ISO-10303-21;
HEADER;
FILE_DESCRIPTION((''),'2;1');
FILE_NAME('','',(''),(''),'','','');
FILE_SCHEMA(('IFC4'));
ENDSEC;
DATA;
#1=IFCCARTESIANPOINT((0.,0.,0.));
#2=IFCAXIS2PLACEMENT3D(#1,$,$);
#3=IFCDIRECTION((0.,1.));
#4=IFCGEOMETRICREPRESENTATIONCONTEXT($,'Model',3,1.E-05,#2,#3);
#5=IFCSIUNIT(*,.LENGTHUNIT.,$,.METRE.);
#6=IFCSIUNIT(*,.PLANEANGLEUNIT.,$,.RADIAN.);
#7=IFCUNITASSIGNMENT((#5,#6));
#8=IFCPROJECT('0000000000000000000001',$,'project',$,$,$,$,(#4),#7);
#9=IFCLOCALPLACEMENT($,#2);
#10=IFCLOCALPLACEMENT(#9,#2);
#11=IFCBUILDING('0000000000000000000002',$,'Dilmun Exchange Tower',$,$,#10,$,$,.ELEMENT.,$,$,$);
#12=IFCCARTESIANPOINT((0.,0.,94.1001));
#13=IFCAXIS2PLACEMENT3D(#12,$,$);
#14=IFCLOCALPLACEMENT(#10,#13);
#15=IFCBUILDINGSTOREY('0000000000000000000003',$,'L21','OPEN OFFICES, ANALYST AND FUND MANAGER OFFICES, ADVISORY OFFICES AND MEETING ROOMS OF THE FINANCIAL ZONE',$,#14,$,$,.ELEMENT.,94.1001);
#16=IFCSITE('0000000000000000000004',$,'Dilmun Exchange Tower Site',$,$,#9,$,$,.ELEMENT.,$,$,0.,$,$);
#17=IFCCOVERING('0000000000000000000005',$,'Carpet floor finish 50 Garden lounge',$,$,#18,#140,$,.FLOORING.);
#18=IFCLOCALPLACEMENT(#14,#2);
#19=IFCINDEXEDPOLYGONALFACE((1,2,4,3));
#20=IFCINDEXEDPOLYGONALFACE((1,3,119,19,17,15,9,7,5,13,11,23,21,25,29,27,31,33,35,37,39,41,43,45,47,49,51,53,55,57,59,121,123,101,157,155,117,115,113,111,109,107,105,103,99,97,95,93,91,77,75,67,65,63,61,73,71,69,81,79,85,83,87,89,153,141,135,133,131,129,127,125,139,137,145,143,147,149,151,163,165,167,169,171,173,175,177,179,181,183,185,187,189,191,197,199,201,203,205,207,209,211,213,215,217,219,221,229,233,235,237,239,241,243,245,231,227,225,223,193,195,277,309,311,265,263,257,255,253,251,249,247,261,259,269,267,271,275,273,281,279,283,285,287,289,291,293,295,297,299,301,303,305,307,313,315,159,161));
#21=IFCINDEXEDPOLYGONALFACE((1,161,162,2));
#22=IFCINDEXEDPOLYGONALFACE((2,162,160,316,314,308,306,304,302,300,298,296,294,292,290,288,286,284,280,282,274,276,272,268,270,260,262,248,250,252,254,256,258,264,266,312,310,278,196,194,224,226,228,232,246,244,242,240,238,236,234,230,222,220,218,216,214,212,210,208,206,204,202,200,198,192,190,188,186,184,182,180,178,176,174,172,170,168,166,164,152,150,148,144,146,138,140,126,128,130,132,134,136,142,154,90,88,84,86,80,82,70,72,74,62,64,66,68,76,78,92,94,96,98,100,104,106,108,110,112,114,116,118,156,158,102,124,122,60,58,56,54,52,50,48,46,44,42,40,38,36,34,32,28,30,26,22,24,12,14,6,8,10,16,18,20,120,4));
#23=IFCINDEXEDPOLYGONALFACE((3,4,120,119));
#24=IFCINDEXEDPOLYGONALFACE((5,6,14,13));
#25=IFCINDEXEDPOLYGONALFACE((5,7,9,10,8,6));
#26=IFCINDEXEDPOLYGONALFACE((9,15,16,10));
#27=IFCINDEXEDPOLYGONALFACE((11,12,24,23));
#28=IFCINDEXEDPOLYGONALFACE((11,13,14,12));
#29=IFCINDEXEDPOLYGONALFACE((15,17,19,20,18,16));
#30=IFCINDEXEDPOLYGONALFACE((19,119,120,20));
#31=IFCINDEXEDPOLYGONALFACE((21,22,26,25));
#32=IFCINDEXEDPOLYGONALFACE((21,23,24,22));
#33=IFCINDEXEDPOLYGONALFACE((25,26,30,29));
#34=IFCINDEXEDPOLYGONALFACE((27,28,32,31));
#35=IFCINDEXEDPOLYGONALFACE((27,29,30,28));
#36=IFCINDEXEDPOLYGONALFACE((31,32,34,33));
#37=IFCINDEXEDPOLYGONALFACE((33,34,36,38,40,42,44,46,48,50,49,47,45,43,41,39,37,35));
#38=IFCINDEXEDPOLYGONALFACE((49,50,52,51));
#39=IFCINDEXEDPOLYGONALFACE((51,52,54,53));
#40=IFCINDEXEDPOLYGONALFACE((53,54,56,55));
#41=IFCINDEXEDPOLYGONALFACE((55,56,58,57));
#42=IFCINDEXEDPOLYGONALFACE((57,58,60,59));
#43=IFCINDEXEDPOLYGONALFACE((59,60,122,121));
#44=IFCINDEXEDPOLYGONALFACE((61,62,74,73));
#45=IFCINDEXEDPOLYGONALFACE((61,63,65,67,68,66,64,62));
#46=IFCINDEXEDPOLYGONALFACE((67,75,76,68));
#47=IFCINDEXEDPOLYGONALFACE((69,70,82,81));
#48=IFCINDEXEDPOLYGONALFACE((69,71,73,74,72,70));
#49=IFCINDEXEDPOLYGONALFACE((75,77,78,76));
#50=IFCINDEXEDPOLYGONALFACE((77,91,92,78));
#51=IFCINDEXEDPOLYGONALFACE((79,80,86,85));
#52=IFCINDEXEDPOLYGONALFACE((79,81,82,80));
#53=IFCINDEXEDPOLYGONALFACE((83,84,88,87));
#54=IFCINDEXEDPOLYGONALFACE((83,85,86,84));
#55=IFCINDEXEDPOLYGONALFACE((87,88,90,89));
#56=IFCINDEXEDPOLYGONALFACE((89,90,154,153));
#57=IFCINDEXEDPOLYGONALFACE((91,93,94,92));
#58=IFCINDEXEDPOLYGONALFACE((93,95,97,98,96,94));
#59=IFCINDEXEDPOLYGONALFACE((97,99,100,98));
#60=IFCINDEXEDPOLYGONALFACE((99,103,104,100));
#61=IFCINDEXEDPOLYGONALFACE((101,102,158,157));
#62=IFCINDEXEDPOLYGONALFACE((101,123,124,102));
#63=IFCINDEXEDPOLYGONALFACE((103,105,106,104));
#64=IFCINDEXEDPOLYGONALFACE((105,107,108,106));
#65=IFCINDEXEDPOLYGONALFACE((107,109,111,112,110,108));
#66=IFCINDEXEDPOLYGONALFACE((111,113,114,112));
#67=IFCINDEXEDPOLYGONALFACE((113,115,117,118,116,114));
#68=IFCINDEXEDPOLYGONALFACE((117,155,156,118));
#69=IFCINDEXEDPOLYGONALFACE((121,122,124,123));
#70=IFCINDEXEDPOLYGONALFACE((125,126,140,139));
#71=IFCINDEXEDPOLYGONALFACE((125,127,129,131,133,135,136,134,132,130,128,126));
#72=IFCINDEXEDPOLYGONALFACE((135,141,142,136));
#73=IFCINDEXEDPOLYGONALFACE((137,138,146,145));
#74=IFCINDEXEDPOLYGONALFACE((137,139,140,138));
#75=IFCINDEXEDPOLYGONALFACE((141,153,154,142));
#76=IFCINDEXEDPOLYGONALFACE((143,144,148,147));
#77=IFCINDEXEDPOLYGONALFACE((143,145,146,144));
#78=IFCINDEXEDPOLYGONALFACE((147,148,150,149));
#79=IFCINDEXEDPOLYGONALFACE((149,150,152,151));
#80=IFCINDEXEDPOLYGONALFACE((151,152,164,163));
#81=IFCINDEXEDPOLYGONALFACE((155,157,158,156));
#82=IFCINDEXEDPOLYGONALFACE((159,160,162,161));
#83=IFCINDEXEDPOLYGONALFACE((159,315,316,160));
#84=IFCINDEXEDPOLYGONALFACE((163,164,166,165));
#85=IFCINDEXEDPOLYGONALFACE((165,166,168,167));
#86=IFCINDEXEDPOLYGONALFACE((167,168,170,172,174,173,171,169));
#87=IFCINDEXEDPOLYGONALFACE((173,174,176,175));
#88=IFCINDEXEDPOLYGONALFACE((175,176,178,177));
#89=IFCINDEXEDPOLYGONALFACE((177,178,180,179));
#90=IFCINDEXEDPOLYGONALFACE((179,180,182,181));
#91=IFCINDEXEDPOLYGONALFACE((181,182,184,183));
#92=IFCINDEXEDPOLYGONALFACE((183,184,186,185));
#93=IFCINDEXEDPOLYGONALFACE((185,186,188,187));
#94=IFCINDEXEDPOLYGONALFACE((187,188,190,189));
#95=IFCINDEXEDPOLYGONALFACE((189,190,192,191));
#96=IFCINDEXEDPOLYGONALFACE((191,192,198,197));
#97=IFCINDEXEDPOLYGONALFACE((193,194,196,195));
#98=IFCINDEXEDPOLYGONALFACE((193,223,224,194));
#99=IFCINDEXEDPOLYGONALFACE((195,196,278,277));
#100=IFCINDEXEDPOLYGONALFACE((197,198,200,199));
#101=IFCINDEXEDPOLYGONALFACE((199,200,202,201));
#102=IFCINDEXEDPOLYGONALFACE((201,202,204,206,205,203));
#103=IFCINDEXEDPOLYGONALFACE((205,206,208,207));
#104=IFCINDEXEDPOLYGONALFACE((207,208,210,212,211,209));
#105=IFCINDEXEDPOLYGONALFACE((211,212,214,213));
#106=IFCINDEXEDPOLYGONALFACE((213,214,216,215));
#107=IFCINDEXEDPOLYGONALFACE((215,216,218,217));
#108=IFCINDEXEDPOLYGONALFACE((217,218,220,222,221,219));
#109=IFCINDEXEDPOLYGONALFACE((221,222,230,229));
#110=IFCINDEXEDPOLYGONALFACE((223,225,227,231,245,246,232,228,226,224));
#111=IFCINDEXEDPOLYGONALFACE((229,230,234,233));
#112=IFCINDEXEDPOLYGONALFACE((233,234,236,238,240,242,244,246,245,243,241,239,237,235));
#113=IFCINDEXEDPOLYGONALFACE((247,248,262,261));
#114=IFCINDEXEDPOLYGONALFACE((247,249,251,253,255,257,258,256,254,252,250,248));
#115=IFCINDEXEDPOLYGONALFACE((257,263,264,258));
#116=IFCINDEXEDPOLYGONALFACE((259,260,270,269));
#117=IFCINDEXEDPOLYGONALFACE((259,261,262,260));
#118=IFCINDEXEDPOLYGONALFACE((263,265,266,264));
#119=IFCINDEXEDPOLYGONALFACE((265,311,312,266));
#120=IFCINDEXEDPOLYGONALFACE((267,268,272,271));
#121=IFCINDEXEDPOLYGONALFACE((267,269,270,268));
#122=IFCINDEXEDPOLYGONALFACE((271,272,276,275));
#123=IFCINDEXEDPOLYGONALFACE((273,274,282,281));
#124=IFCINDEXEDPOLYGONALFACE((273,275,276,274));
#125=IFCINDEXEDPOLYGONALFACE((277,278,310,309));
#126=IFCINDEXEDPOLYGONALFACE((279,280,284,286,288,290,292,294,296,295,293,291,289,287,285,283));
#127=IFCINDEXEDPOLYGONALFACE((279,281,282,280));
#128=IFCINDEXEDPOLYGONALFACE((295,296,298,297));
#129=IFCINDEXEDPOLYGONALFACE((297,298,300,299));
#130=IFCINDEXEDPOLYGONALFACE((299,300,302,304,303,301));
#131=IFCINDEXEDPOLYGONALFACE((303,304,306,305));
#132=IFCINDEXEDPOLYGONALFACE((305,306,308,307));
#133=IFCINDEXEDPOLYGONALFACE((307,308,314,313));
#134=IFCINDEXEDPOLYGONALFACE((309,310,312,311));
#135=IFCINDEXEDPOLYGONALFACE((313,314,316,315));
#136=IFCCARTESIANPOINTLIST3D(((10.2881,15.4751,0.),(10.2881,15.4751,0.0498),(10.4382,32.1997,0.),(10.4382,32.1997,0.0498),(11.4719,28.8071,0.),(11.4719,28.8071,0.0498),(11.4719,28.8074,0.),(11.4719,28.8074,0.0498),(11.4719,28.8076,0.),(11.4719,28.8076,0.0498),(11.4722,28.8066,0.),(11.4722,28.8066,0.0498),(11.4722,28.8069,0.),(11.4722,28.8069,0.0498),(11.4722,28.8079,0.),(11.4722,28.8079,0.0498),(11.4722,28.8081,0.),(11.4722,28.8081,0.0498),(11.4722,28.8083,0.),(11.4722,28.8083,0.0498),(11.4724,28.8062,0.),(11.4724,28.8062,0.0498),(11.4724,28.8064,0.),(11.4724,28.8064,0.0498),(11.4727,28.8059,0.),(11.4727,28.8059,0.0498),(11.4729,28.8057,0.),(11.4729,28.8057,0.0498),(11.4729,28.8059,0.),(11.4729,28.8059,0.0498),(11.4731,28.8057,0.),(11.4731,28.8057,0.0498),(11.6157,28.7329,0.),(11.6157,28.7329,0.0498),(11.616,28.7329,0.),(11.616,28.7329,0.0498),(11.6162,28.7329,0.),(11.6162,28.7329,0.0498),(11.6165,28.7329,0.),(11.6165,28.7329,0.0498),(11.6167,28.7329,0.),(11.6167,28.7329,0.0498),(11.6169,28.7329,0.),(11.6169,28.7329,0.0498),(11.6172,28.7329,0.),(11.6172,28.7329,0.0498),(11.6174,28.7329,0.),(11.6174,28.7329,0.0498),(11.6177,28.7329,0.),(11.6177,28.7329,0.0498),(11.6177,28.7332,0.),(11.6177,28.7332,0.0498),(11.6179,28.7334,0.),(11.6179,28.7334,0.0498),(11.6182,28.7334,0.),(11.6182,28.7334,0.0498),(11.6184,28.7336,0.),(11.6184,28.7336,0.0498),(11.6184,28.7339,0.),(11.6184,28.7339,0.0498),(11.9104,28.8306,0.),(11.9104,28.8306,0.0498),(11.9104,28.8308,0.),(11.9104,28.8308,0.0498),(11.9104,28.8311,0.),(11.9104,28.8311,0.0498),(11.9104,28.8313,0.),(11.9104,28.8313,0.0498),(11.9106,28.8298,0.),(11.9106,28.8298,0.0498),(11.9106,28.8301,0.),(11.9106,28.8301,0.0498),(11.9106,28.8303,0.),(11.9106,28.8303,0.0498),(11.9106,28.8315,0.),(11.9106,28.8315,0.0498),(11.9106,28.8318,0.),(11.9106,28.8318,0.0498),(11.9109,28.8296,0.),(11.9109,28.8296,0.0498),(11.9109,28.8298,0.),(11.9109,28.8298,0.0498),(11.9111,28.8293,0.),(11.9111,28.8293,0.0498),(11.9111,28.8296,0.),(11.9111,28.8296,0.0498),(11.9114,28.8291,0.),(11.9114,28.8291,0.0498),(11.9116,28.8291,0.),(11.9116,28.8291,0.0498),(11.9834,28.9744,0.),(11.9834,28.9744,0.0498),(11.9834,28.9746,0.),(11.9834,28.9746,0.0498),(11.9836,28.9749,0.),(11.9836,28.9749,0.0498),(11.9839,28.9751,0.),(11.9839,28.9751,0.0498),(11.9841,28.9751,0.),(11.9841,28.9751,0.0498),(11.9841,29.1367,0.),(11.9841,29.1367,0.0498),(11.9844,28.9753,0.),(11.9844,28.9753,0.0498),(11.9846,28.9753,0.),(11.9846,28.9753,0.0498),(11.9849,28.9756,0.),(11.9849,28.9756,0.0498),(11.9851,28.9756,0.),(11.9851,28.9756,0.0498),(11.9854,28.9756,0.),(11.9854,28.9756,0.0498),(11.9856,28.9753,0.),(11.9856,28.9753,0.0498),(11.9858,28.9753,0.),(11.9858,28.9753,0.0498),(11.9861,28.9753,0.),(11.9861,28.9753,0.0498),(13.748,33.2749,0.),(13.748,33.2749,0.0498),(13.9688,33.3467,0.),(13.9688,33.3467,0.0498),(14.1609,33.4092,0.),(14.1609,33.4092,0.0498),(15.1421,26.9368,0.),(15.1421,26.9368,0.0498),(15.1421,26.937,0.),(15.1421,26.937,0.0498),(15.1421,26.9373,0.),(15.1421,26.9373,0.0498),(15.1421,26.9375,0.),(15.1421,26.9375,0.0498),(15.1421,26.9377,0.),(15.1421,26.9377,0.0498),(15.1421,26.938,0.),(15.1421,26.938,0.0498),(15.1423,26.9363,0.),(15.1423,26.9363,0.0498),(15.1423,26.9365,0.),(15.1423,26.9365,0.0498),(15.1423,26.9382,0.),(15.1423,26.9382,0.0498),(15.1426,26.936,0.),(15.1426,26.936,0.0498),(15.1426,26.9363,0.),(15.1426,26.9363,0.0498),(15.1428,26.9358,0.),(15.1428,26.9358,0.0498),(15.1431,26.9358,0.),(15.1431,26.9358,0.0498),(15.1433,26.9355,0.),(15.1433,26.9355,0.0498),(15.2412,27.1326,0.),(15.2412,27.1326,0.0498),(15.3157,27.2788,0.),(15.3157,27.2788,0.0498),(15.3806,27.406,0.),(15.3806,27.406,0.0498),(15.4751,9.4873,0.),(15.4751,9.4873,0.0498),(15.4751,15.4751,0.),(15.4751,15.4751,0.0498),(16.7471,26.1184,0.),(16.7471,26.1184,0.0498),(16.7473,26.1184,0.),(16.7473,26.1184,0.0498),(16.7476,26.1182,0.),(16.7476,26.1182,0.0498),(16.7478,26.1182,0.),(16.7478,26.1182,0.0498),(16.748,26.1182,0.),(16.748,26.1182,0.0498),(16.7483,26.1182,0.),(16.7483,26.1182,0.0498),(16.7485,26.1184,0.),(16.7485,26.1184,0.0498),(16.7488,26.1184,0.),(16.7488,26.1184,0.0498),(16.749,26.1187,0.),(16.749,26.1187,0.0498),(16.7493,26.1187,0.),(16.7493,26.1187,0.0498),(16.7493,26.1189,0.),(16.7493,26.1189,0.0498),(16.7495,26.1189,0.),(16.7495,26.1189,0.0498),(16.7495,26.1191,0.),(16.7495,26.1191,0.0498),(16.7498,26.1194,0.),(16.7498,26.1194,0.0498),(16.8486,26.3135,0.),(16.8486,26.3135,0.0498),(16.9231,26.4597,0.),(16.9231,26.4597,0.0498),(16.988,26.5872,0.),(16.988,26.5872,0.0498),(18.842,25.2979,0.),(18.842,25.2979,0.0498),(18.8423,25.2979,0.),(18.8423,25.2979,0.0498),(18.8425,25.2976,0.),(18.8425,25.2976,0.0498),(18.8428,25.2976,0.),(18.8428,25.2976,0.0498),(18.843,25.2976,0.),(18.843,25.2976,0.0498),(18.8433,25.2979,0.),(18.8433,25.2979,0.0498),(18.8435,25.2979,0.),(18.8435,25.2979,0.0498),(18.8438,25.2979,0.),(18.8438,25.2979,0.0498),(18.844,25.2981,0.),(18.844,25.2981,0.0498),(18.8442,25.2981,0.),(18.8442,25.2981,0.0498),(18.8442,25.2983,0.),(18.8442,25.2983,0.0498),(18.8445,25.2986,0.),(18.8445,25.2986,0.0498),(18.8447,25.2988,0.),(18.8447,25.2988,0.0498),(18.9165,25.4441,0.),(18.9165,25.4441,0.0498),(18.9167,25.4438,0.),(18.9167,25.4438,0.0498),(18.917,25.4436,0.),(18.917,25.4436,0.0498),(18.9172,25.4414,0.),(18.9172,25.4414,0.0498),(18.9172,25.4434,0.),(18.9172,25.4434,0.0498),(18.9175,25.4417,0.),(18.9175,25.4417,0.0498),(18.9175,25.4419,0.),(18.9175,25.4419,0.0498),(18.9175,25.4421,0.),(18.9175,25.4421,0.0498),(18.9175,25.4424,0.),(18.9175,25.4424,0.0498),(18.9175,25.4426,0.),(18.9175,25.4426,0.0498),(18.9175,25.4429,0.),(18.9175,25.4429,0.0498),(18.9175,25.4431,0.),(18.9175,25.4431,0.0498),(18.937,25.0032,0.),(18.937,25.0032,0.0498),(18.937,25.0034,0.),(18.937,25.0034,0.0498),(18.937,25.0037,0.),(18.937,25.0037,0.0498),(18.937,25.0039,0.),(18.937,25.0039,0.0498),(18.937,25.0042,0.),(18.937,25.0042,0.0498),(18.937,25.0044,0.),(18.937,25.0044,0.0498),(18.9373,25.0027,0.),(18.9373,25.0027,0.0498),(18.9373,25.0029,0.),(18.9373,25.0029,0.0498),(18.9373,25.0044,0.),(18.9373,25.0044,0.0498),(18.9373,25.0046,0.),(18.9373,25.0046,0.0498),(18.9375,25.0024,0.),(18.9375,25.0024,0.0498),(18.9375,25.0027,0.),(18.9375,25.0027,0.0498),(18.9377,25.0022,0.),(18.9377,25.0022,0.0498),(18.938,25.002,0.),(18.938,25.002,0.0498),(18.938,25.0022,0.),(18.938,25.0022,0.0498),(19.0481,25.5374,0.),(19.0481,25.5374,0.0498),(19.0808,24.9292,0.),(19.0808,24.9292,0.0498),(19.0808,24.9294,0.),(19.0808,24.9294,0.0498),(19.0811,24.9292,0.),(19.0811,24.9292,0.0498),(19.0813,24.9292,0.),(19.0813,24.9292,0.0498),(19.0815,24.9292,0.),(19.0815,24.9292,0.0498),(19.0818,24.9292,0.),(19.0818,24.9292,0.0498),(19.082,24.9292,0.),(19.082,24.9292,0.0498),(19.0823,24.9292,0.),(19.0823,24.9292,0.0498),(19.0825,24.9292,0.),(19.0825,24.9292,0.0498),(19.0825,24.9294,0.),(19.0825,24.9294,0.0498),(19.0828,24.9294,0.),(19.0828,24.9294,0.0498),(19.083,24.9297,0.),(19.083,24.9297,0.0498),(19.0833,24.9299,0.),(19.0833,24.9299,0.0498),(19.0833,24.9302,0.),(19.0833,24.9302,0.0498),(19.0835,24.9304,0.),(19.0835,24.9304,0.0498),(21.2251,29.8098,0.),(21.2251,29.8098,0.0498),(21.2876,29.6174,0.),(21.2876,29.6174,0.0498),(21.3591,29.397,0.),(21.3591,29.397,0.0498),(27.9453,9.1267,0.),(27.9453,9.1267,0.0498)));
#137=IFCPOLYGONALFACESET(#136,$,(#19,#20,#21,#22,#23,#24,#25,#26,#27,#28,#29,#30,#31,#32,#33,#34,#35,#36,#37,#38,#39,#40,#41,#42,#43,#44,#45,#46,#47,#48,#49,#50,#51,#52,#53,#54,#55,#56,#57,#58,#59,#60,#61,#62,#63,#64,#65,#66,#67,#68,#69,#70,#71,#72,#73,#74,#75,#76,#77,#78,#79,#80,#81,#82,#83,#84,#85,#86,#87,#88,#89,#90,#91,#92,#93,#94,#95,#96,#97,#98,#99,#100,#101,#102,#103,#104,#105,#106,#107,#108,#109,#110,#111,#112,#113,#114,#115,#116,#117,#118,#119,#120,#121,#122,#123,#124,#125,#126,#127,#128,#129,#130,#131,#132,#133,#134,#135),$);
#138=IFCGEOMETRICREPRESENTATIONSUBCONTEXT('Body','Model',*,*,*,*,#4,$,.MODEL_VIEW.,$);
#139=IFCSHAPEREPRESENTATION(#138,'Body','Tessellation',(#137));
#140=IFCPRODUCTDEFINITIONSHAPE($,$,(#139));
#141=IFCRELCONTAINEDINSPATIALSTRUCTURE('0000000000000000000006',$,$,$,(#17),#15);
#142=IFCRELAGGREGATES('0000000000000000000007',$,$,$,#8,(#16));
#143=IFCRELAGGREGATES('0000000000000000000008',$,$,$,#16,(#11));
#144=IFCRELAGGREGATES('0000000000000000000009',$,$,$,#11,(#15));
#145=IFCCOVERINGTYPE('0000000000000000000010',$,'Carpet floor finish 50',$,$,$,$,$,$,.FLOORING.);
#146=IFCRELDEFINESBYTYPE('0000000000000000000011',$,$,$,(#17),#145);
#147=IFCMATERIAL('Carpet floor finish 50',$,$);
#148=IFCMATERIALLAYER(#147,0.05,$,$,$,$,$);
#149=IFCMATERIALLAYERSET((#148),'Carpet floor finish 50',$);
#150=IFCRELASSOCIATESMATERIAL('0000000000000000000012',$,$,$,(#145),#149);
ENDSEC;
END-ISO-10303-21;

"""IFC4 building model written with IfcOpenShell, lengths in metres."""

from ifc_helpers import new_model, si_unit, direction, frame, origin, place, context, subcontext, project, spatial, polyline, outline, extrude, material, layer, layer_set, type_object, element, save


model = new_model("IFC4")

# Units and contexts
model_context = context("Model", 3, precision=1e-05, world=origin(), true_north=direction((0.0, 1.0)))
body_context = subcontext(model_context, "Body", "Model", "MODEL_VIEW")
ifc_project = project(units=[si_unit("LENGTHUNIT", "METRE"), si_unit("PLANEANGLEUNIT", "RADIAN")], contexts=[model_context])

# Site, building, storey
site_placement = place(None, origin())
site = spatial("IfcSite", under=ifc_project, at=site_placement, Name="Dilmun Exchange Tower Site", CompositionType="ELEMENT", RefElevation=0.0)
building_placement = place(site_placement, origin())
building = spatial("IfcBuilding", under=site, at=building_placement, Name="Dilmun Exchange Tower", CompositionType="ELEMENT")
storey_placement = place(building_placement, frame((0.0, 0.0, 94.1001)))
storey = spatial("IfcBuildingStorey", under=building, at=storey_placement, Name="L21", Description="OPEN OFFICES, ANALYST AND FUND MANAGER OFFICES, ADVISORY OFFICES AND MEETING ROOMS OF THE FINANCIAL ZONE", CompositionType="ELEMENT", Elevation=94.1001)

# Covering
ifc_material_1 = material(Name="Carpet floor finish 50")
ifc_layer_1 = layer(ifc_material_1, 0.05)
ifc_layer_set_1 = layer_set([ifc_layer_1], Name="Carpet floor finish 50")
covering_type_1 = type_object("IfcCoveringType", Name="Carpet floor finish 50", PredefinedType="FLOORING", material=ifc_layer_set_1)
covering_1_placement = place(storey_placement, origin())
element("IfcCovering", 1, at=covering_1_placement, inside=storey, type_object=covering_type_1, Name="Carpet floor finish 50 Garden lounge", PredefinedType="FLOORING", context=body_context, shape_type="SweptSolid", body=[
    extrude(outline(polyline([(21.2251, 29.8098), (21.2876, 29.6174), (18.9373, 25.0046), (18.9373, 25.0044), (18.937, 25.0044), (18.937, 25.0042), (18.937, 25.0039), (18.937, 25.0039), (18.937, 25.0037), (18.937, 25.0034), (18.937, 25.0032), (18.9373, 25.0029), (18.9373, 25.0027), (18.9375, 25.0027), (18.9375, 25.0024), (18.9375, 25.0024), (18.9377, 25.0022), (18.938, 25.0022), (18.938, 25.002), (19.0808, 24.9294), (19.0808, 24.9292), (19.0811, 24.9292), (19.0813, 24.9292), (19.0813, 24.9292), (19.0815, 24.9292), (19.0818, 24.9292), (19.082, 24.9292), (19.0823, 24.9292), (19.0825, 24.9292), (19.0825, 24.9294), (19.0828, 24.9294), (19.083, 24.9297), (19.083, 24.9297), (19.0833, 24.9299), (19.0833, 24.9302), (19.0835, 24.9304), (21.3591, 29.397), (27.9453, 9.1267), (15.4751, 9.4873), (15.4751, 15.4751), (10.2881, 15.4751), (10.4382, 32.1997), (13.748, 33.2749), (11.4722, 28.8083), (11.4722, 28.8081), (11.4722, 28.8081), (11.4722, 28.8079), (11.4719, 28.8076), (11.4719, 28.8074), (11.4719, 28.8071), (11.4722, 28.8069), (11.4722, 28.8069), (11.4722, 28.8066), (11.4724, 28.8064), (11.4724, 28.8064), (11.4724, 28.8062), (11.4727, 28.8059), (11.4729, 28.8059), (11.4729, 28.8057), (11.4731, 28.8057), (11.6157, 28.7329), (11.616, 28.7329), (11.616, 28.7329), (11.6162, 28.7329), (11.6165, 28.7329), (11.6167, 28.7329), (11.6167, 28.7329), (11.6169, 28.7329), (11.6172, 28.7329), (11.6174, 28.7329), (11.6177, 28.7329), (11.6177, 28.7332), (11.6179, 28.7334), (11.6179, 28.7334), (11.6182, 28.7334), (11.6184, 28.7336), (11.6184, 28.7339), (13.9688, 33.3467), (14.1609, 33.4092), (11.9841, 29.1367), (15.3806, 27.406), (15.3157, 27.2788), (11.9861, 28.9753), (11.9858, 28.9753), (11.9856, 28.9753), (11.9856, 28.9753), (11.9854, 28.9756), (11.9851, 28.9756), (11.9849, 28.9756), (11.9846, 28.9753), (11.9846, 28.9753), (11.9844, 28.9753), (11.9841, 28.9751), (11.9839, 28.9751), (11.9839, 28.9751), (11.9836, 28.9749), (11.9834, 28.9746), (11.9834, 28.9746), (11.9834, 28.9744), (11.9106, 28.8318), (11.9106, 28.8315), (11.9106, 28.8315), (11.9104, 28.8313), (11.9104, 28.8311), (11.9104, 28.8308), (11.9104, 28.8308), (11.9104, 28.8306), (11.9106, 28.8303), (11.9106, 28.8301), (11.9106, 28.8298), (11.9109, 28.8298), (11.9109, 28.8296), (11.9111, 28.8296), (11.9111, 28.8293), (11.9114, 28.8291), (11.9116, 28.8291), (15.2412, 27.1326), (15.1423, 26.9382), (15.1421, 26.938), (15.1421, 26.938), (15.1421, 26.9377), (15.1421, 26.9375), (15.1421, 26.9375), (15.1421, 26.9373), (15.1421, 26.937), (15.1421, 26.9368), (15.1423, 26.9365), (15.1423, 26.9363), (15.1426, 26.9363), (15.1426, 26.936), (15.1426, 26.936), (15.1428, 26.9358), (15.1431, 26.9358), (15.1433, 26.9355), (16.7471, 26.1184), (16.7473, 26.1184), (16.7473, 26.1184), (16.7476, 26.1182), (16.7478, 26.1182), (16.7478, 26.1182), (16.748, 26.1182), (16.7483, 26.1182), (16.7485, 26.1184), (16.7488, 26.1184), (16.7488, 26.1184), (16.749, 26.1187), (16.7493, 26.1187), (16.7493, 26.1189), (16.7495, 26.1189), (16.7495, 26.1191), (16.7498, 26.1194), (16.8486, 26.3135), (18.842, 25.2979), (18.8423, 25.2979), (18.8423, 25.2979), (18.8425, 25.2976), (18.8428, 25.2976), (18.843, 25.2976), (18.843, 25.2976), (18.8433, 25.2979), (18.8435, 25.2979), (18.8438, 25.2979), (18.844, 25.2981), (18.844, 25.2981), (18.8442, 25.2981), (18.8442, 25.2983), (18.8445, 25.2986), (18.8445, 25.2986), (18.8447, 25.2988), (18.9172, 25.4414), (18.9175, 25.4417), (18.9175, 25.4417), (18.9175, 25.4419), (18.9175, 25.4421), (18.9175, 25.4424), (18.9175, 25.4424), (18.9175, 25.4426), (18.9175, 25.4429), (18.9175, 25.4431), (18.9172, 25.4434), (18.9172, 25.4434), (18.917, 25.4436), (18.917, 25.4436), (18.9167, 25.4438), (18.9165, 25.4441), (18.9165, 25.4441), (16.9231, 26.4597), (16.988, 26.5872), (19.0481, 25.5374), (21.2251, 29.8098)])), origin(), (0.0, 0.0, 1.0), 0.0498),
])

save(model, "model.ifc")
